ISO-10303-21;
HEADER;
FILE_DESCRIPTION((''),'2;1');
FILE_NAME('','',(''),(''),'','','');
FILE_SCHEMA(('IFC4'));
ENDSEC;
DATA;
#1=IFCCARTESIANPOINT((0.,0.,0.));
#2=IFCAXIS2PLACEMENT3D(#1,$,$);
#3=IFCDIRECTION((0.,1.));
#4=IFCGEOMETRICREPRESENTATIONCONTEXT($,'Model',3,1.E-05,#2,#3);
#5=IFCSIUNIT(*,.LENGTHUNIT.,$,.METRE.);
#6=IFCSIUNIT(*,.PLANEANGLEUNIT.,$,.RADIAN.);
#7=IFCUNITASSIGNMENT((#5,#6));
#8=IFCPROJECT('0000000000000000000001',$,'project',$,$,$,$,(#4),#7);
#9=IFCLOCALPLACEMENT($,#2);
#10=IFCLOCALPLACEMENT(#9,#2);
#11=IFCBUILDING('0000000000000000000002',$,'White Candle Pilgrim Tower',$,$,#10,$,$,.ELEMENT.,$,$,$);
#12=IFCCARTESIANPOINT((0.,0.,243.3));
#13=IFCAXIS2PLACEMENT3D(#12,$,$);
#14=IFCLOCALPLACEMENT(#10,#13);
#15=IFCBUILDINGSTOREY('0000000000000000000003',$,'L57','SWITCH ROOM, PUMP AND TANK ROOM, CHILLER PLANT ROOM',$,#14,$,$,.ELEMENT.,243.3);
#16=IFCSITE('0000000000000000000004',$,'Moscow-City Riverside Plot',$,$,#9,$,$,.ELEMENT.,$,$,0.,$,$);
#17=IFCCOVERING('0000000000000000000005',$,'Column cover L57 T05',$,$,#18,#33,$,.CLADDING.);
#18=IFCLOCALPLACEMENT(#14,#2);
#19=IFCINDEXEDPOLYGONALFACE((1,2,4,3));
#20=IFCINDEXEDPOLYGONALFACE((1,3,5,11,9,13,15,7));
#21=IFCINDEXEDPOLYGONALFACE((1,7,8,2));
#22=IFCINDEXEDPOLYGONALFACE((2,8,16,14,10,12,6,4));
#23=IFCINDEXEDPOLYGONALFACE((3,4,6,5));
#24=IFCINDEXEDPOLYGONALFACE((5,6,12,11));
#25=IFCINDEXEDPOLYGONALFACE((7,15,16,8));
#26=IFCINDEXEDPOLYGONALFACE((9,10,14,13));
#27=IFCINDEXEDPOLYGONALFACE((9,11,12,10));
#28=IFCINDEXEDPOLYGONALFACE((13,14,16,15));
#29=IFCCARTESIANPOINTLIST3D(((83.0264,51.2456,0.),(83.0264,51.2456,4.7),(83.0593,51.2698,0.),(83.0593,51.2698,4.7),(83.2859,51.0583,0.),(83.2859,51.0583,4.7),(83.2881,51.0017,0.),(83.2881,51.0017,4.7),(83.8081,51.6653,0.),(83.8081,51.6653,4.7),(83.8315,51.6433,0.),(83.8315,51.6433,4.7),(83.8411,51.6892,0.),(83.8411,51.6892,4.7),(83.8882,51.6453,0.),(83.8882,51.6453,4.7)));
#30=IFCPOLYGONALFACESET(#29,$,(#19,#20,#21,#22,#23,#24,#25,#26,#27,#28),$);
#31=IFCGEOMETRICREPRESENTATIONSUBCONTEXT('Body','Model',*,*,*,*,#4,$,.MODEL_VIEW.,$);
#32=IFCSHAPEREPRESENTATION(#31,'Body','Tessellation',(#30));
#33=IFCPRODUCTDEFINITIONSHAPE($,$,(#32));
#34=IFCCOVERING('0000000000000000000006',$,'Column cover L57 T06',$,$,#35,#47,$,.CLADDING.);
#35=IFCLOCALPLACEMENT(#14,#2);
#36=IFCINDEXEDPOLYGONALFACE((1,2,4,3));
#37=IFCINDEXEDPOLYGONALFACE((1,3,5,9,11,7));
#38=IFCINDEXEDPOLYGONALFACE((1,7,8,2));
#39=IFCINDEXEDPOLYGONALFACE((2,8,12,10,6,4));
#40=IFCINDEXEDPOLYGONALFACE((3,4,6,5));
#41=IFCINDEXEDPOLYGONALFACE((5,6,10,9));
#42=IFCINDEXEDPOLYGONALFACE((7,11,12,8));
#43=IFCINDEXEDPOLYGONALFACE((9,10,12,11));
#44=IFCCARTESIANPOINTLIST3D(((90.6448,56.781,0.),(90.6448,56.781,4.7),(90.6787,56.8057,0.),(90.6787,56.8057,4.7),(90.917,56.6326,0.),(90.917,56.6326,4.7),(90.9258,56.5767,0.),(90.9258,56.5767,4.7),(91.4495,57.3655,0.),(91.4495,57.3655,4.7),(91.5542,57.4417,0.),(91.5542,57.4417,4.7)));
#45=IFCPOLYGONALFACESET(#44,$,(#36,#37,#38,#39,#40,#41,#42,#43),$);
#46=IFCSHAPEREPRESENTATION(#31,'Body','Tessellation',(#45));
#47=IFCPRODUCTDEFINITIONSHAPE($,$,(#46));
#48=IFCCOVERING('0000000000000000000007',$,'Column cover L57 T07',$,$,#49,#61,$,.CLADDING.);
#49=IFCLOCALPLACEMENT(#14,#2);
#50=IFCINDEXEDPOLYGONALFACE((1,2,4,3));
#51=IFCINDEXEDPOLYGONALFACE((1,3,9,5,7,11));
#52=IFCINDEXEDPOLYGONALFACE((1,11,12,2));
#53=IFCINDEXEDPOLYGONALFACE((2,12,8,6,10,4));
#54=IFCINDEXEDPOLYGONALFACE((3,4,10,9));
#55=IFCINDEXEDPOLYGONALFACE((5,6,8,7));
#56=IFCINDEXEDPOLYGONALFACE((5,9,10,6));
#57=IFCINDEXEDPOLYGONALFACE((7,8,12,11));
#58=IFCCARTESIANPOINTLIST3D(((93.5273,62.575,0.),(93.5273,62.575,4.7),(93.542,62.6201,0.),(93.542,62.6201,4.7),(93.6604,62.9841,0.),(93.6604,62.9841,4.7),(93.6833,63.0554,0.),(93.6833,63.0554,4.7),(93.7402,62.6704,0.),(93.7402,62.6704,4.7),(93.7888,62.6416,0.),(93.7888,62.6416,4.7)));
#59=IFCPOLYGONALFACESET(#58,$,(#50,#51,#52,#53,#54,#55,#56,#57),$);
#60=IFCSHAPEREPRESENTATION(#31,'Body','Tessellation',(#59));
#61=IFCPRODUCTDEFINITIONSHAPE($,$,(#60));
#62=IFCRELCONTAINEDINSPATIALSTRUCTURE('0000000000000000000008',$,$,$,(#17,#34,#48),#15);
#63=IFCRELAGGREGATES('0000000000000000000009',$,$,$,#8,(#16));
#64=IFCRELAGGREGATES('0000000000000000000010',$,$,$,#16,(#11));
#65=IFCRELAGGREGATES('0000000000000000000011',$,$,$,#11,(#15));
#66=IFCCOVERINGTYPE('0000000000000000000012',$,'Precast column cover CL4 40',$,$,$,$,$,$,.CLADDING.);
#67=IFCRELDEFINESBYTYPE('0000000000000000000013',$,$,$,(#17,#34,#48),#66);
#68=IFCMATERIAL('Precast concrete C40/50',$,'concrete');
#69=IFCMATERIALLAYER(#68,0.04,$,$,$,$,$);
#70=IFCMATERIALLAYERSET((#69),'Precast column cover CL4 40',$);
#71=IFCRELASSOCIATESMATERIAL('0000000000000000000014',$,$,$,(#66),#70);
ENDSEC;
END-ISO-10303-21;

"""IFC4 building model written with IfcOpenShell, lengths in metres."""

from ifc_helpers import new_model, si_unit, direction, frame, origin, place, context, subcontext, project, spatial, polyline, outline, extrude, material, layer, layer_set, type_object, element, save


model = new_model("IFC4")

# Units and contexts
model_context = context("Model", 3, precision=1e-05, world=origin(), true_north=direction((0.0, 1.0)))
body_context = subcontext(model_context, "Body", "Model", "MODEL_VIEW")
ifc_project = project(units=[si_unit("LENGTHUNIT", "METRE"), si_unit("PLANEANGLEUNIT", "RADIAN")], contexts=[model_context])

# Site, building, storey
site_placement = place(None, origin())
site = spatial("IfcSite", under=ifc_project, at=site_placement, Name="Moscow-City Riverside Plot", CompositionType="ELEMENT", RefElevation=0.0)
building_placement = place(site_placement, origin())
building = spatial("IfcBuilding", under=site, at=building_placement, Name="White Candle Pilgrim Tower", CompositionType="ELEMENT")
storey_placement = place(building_placement, frame((0.0, 0.0, 243.3)))
storey = spatial("IfcBuildingStorey", under=building, at=storey_placement, Name="L57", Description="SWITCH ROOM, PUMP AND TANK ROOM, CHILLER PLANT ROOM", CompositionType="ELEMENT", Elevation=243.3)

# Coverings
ifc_material_1 = material(Name="Precast concrete C40/50", Category="concrete")
ifc_layer_1 = layer(ifc_material_1, 0.04)
ifc_layer_set_1 = layer_set([ifc_layer_1], Name="Precast column cover CL4 40")
covering_type = type_object("IfcCoveringType", Name="Precast column cover CL4 40", PredefinedType="CLADDING", material=ifc_layer_set_1)
covering_1_placement = place(storey_placement, origin())
element("IfcCovering", 1, at=covering_1_placement, inside=storey, type_object=covering_type, Name="Column cover L57 T05", PredefinedType="CLADDING", context=body_context, shape_type="SweptSolid", body=[
    extrude(outline(polyline([(83.8411, 51.6892), (83.8882, 51.6453), (83.2881, 51.0017), (83.0264, 51.2456), (83.0593, 51.2698), (83.2859, 51.0583), (83.8315, 51.6433), (83.8081, 51.6653), (83.8411, 51.6892)])), origin(), (0.0, 0.0, 1.0), 4.7),
])
covering_2_placement = place(storey_placement, origin())
element("IfcCovering", 2, at=covering_2_placement, inside=storey, type_object=covering_type, Name="Column cover L57 T06", PredefinedType="CLADDING", context=body_context, shape_type="SweptSolid", body=[
    extrude(outline(polyline([(90.6787, 56.8057), (90.917, 56.6326), (91.4495, 57.3655), (91.5542, 57.4417), (90.9258, 56.5767), (90.6448, 56.781), (90.6787, 56.8057)])), origin(), (0.0, 0.0, 1.0), 4.7),
])
covering_3_placement = place(storey_placement, origin())
element("IfcCovering", 3, at=covering_3_placement, inside=storey, type_object=covering_type, Name="Column cover L57 T07", PredefinedType="CLADDING", context=body_context, shape_type="SweptSolid", body=[
    extrude(outline(polyline([(93.542, 62.6201), (93.7402, 62.6704), (93.6604, 62.9841), (93.6833, 63.0554), (93.7888, 62.6416), (93.5273, 62.575), (93.542, 62.6201)])), origin(), (0.0, 0.0, 1.0), 4.7),
])

save(model, "model.ifc")
